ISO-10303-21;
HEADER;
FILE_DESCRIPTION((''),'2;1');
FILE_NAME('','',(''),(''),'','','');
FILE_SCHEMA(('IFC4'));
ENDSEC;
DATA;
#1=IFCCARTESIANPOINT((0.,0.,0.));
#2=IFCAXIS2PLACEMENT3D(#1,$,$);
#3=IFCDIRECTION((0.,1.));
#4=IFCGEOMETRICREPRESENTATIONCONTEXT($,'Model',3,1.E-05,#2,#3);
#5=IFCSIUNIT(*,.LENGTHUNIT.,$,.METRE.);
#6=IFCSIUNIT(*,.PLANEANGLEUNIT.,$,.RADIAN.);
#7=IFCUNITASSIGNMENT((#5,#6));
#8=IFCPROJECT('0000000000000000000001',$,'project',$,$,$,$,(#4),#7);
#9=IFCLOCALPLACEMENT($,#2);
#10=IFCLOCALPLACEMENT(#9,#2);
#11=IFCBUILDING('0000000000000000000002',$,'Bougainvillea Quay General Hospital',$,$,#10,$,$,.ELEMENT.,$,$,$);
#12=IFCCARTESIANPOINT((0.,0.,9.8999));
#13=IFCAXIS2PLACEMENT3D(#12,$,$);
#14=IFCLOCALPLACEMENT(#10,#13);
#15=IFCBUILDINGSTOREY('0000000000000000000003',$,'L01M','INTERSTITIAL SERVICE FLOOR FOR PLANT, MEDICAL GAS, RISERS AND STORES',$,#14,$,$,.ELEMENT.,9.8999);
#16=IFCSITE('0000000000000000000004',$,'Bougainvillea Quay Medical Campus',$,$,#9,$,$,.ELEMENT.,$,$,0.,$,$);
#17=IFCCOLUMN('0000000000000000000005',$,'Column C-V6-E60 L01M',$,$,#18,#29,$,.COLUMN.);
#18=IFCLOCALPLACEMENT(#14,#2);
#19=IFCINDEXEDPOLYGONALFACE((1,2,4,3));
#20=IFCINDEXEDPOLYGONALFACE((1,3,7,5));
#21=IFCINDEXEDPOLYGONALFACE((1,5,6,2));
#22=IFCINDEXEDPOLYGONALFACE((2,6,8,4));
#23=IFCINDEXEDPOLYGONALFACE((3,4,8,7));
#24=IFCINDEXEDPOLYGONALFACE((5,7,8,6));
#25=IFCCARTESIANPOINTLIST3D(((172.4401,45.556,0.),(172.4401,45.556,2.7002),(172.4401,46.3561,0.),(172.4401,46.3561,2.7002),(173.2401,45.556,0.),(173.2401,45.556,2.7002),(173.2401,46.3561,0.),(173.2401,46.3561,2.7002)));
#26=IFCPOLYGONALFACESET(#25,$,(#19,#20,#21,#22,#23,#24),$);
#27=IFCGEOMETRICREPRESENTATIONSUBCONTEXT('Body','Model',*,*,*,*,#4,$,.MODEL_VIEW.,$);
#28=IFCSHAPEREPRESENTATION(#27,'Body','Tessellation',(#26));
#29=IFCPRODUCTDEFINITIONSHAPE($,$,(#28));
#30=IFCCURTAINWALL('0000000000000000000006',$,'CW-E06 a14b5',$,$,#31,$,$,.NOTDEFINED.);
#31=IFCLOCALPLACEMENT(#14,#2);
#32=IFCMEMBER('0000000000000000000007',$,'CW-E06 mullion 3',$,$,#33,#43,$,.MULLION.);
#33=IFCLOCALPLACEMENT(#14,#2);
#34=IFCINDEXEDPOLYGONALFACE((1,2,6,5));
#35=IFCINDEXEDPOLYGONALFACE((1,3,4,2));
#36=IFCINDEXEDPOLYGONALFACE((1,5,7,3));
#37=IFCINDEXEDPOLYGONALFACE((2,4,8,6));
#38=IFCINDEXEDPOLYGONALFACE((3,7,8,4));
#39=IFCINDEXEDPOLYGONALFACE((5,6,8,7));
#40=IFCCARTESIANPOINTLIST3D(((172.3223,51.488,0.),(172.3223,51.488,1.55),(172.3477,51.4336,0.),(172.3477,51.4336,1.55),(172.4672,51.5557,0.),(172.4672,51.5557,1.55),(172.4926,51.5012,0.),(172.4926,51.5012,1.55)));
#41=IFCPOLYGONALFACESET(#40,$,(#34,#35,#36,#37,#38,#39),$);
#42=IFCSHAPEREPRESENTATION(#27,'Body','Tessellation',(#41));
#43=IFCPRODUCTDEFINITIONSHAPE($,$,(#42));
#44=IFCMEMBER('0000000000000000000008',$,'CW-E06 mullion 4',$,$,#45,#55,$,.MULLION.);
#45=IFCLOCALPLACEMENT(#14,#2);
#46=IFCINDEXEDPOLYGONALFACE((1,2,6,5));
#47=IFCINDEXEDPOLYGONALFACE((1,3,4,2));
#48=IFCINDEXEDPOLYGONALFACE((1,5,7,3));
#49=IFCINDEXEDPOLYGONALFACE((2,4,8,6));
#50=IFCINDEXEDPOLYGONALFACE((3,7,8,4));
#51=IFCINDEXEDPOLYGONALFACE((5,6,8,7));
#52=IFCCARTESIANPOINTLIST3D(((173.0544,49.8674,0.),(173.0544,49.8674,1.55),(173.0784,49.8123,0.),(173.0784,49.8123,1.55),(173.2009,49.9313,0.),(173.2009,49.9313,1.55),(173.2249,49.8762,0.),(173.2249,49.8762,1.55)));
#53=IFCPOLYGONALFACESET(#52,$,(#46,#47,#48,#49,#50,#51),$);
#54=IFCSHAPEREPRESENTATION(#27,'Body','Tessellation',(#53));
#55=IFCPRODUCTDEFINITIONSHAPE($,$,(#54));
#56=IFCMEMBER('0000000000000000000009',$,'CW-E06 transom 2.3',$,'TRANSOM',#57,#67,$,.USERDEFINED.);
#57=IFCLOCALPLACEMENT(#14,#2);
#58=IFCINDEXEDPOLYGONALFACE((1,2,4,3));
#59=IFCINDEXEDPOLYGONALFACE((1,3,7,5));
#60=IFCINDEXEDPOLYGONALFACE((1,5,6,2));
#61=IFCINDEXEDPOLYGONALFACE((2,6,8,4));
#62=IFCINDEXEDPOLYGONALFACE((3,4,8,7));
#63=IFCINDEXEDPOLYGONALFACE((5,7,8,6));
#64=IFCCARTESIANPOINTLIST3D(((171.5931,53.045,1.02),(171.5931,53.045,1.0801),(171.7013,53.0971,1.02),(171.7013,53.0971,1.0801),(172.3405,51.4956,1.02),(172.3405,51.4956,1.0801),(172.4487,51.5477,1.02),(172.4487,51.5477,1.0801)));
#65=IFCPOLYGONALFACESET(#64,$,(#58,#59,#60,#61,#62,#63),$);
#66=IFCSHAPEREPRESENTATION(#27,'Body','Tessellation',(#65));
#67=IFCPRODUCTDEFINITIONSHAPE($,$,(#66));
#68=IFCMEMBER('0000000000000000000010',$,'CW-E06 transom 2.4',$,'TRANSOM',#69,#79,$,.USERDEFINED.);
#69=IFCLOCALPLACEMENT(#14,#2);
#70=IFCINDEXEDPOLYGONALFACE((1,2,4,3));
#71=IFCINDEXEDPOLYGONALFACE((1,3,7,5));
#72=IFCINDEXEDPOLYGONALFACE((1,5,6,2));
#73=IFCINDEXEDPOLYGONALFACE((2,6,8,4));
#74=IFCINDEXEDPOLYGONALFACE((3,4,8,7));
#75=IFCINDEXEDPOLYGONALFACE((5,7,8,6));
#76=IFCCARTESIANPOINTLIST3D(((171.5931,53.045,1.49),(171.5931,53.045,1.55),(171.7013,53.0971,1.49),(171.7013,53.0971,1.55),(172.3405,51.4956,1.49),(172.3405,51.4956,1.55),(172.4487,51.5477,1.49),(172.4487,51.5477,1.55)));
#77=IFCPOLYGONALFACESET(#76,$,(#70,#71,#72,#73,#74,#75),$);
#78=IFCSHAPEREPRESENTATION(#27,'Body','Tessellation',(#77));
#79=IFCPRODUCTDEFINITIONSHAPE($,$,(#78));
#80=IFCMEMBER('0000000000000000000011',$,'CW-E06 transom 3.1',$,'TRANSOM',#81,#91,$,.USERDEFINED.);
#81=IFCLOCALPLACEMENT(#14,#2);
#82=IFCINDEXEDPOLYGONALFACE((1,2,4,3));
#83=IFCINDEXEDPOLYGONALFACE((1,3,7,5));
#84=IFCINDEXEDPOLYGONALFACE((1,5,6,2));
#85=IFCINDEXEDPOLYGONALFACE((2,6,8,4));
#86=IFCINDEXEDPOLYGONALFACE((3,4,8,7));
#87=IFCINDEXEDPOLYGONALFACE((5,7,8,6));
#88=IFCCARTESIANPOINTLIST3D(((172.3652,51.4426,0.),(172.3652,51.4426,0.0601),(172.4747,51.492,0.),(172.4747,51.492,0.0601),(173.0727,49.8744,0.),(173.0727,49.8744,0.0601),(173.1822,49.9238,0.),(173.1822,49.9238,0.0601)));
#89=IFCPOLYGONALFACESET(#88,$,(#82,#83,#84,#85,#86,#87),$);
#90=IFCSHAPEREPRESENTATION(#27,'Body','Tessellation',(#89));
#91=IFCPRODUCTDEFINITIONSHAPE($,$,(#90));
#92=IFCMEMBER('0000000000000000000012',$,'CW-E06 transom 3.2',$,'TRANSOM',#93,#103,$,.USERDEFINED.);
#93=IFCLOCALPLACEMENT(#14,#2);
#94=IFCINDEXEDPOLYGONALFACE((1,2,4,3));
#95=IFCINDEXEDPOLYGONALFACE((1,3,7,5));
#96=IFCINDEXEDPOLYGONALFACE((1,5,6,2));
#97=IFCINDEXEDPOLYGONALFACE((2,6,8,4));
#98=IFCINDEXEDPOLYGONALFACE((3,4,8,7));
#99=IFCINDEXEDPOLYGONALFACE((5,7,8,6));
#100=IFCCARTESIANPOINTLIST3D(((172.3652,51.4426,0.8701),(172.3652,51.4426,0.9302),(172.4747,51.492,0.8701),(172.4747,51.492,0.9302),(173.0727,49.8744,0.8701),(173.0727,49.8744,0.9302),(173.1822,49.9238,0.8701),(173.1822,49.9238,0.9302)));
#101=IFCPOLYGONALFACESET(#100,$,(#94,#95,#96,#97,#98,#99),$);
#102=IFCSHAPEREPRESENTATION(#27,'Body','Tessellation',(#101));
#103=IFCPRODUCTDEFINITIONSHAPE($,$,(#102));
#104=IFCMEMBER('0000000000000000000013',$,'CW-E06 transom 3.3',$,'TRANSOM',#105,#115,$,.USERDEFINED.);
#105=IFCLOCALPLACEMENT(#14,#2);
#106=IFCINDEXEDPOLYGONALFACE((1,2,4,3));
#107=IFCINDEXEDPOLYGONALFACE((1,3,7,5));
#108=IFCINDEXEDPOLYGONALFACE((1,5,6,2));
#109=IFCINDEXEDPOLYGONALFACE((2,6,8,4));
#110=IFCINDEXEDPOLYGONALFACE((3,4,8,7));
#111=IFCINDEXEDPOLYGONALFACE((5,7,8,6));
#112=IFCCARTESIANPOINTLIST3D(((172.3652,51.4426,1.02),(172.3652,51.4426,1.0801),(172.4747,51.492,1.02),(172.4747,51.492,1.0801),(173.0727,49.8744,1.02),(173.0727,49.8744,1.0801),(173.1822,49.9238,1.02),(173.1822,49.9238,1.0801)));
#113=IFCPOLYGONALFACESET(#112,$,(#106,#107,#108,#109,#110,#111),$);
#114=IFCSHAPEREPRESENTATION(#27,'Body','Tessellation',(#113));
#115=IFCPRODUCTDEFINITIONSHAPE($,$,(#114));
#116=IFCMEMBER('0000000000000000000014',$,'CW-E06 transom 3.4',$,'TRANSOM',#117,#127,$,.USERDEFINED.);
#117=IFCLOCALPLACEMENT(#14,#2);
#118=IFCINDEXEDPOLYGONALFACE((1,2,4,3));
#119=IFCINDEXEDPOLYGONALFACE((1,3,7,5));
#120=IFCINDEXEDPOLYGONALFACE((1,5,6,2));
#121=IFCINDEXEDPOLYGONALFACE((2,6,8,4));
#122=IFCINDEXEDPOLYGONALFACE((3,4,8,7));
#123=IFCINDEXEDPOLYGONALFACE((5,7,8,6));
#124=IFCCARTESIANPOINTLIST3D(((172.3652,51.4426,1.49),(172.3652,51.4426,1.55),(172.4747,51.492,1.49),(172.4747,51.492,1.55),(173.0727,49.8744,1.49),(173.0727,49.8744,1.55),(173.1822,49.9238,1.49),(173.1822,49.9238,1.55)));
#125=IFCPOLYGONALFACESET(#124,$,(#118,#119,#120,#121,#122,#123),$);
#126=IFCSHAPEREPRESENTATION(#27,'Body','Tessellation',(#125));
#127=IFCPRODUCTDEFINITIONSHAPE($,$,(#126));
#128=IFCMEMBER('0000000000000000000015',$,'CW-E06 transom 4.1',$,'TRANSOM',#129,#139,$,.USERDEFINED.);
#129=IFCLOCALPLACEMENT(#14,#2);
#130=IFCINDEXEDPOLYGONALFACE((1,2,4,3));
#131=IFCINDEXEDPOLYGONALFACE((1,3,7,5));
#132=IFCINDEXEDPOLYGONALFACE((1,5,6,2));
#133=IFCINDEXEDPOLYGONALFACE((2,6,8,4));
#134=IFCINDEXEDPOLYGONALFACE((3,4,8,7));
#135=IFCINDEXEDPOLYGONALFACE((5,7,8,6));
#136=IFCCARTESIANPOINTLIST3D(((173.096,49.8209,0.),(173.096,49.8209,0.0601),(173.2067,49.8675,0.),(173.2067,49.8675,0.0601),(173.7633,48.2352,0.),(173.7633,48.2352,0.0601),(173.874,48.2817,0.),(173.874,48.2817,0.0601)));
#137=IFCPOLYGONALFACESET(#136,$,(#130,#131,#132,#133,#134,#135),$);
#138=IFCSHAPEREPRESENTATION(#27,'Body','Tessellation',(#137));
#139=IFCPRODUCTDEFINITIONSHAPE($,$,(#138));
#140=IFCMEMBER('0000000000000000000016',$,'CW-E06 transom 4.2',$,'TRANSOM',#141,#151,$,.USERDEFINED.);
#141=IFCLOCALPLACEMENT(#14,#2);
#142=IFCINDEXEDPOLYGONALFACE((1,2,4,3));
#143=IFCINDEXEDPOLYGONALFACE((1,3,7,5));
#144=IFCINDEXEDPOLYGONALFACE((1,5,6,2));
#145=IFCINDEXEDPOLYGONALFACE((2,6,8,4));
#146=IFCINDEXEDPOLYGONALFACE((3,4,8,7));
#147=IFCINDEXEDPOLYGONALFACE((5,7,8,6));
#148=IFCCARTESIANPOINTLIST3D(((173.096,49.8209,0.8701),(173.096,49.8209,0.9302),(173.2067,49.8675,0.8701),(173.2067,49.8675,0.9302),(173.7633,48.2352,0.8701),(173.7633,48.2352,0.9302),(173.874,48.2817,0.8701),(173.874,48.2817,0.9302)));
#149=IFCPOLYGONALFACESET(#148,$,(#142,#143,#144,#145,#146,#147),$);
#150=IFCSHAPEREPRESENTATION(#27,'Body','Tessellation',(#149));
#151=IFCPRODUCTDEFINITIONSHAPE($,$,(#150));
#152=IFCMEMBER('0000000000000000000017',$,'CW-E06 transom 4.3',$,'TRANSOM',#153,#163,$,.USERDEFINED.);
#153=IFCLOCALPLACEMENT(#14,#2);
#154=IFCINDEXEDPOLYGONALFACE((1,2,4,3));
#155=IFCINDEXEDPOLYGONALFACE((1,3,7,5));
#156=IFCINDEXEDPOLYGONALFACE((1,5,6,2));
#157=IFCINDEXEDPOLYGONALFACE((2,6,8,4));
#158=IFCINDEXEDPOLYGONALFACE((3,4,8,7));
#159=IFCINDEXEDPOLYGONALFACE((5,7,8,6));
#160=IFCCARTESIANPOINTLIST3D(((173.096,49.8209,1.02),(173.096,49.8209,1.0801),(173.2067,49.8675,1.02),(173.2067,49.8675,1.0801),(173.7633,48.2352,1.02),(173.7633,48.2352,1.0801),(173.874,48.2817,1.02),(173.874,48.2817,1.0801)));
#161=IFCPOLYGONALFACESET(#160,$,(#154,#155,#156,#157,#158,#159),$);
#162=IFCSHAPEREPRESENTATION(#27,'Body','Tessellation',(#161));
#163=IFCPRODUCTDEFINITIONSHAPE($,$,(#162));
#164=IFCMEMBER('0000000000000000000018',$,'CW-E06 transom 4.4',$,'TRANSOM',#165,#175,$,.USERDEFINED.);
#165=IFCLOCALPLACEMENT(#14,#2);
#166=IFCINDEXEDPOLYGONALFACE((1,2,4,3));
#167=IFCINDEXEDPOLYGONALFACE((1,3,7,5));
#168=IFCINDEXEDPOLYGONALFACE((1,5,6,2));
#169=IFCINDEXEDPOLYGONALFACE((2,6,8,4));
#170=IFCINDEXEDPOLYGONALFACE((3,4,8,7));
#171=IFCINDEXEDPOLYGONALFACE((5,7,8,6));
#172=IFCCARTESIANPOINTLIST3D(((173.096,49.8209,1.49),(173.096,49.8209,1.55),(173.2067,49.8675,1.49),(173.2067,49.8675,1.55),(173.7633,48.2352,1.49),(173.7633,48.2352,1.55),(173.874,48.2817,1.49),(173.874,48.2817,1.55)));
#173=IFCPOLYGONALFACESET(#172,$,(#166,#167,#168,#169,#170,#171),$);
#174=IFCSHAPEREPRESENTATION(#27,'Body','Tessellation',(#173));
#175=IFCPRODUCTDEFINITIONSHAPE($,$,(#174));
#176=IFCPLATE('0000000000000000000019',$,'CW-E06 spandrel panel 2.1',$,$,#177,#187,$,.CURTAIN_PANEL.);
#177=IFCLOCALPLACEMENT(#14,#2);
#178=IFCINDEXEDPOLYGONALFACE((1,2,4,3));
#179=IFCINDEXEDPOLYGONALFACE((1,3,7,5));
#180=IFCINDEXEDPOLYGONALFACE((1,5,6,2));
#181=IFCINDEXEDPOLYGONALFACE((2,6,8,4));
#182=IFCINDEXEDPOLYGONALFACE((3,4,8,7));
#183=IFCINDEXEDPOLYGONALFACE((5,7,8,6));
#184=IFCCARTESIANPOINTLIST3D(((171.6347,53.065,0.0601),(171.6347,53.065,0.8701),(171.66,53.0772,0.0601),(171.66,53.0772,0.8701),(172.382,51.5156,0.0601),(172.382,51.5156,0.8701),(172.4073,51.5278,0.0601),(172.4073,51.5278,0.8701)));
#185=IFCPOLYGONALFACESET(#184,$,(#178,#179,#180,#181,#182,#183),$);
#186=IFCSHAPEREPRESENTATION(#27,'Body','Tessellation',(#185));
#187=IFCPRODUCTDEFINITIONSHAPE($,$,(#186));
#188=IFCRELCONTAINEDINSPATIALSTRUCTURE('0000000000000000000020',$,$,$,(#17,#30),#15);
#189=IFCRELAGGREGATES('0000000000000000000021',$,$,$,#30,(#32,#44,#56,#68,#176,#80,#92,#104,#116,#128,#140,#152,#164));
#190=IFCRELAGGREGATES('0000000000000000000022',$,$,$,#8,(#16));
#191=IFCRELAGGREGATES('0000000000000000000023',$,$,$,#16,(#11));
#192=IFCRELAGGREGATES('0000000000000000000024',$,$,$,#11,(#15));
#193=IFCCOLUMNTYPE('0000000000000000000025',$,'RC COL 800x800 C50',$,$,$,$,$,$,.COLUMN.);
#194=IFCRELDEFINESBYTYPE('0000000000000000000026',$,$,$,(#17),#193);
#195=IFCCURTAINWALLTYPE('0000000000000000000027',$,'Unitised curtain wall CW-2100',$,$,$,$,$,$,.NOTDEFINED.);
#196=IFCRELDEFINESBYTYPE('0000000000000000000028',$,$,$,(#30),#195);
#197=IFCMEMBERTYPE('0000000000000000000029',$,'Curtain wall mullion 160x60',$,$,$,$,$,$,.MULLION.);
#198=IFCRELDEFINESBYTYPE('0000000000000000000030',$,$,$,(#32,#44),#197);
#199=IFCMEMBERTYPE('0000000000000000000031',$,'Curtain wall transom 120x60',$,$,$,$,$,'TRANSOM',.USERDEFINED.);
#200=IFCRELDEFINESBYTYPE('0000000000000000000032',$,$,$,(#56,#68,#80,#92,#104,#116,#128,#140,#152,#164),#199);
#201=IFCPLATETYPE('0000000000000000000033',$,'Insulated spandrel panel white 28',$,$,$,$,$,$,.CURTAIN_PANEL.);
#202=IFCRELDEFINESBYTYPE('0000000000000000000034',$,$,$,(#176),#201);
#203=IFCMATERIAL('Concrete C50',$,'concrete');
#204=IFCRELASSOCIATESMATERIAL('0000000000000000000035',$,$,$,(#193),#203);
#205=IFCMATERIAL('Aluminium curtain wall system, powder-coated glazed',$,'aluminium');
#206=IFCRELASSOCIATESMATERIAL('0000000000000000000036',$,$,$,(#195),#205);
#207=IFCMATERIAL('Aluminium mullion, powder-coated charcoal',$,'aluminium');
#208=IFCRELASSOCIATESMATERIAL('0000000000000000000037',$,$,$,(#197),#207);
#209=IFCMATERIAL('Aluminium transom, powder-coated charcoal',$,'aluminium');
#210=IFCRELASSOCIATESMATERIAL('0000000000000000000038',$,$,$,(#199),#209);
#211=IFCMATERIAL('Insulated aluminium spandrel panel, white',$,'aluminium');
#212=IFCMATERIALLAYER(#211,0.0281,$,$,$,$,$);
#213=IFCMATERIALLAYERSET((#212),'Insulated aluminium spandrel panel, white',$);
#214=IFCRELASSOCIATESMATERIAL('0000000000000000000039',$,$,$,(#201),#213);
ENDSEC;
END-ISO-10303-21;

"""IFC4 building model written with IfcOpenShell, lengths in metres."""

from ifc_helpers import new_model, si_unit, direction, frame, origin, origin_2d, place, context, subcontext, project, spatial, rectangle, extrude, material, layer, layer_set, material_profile, profile_set, type_object, element, aggregate, save


model = new_model("IFC4")

# Units and contexts
model_context = context("Model", 3, precision=1e-05, world=origin(), true_north=direction((0.0, 1.0)))
body_context = subcontext(model_context, "Body", "Model", "MODEL_VIEW")
ifc_project = project(units=[si_unit("LENGTHUNIT", "METRE"), si_unit("PLANEANGLEUNIT", "RADIAN")], contexts=[model_context])

# Site, building, storey
site_placement = place(None, origin())
site = spatial("IfcSite", under=ifc_project, at=site_placement, Name="Bougainvillea Quay Medical Campus", CompositionType="ELEMENT", RefElevation=0.0)
building_placement = place(site_placement, origin())
building = spatial("IfcBuilding", under=site, at=building_placement, Name="Bougainvillea Quay General Hospital", CompositionType="ELEMENT")
storey_placement = place(building_placement, frame((0.0, 0.0, 9.8999)))
storey = spatial("IfcBuildingStorey", under=building, at=storey_placement, Name="L01M", Description="INTERSTITIAL SERVICE FLOOR FOR PLANT, MEDICAL GAS, RISERS AND STORES", CompositionType="ELEMENT", Elevation=9.8999)

# Column
ifc_material_1 = material(Name="Concrete C50", Category="concrete")
ifc_material_profile_1 = material_profile(ifc_material_1, rectangle(XDim=0.8, YDim=0.8, at=origin_2d()))
ifc_profile_set_1 = profile_set([ifc_material_profile_1], Name="Concrete C50")
column_type = type_object("IfcColumnType", Name="RC COL 800x800 C50", PredefinedType="COLUMN", material=ifc_profile_set_1)
column_placement = place(storey_placement, frame((172.8401, 45.9561, 0.0), z_axis=(0.0, 0.0, 1.0), x_axis=(1.0, 0.0, 0.0)))
element("IfcColumn", 1, at=column_placement, inside=storey, type_object=column_type, Name="Column C-V6-E60 L01M", PredefinedType="COLUMN", context=body_context, shape_type="SweptSolid", body=[
    extrude(rectangle(XDim=0.8, YDim=0.8, at=origin_2d()), origin(), (0.0, 0.0, 1.0), 2.7002),
])

# Curtain wall, members, plate
ifc_material_2 = material(Name="Aluminium curtain wall system, powder-coated glazed", Category="aluminium")
curtain_wall_type = type_object("IfcCurtainWallType", Name="Unitised curtain wall CW-2100", PredefinedType="NOTDEFINED", material=ifc_material_2)
curtain_wall_placement = place(storey_placement, origin())
curtain_wall = element("IfcCurtainWall", 2, at=curtain_wall_placement, inside=storey, type_object=curtain_wall_type, Name="CW-E06 a14b5", PredefinedType="NOTDEFINED")
ifc_material_3 = material(Name="Aluminium mullion, powder-coated charcoal", Category="aluminium")
ifc_material_profile_2 = material_profile(ifc_material_3, rectangle(XDim=0.1599, YDim=0.0601, at=origin_2d()))
ifc_profile_set_2 = profile_set([ifc_material_profile_2], Name="Aluminium mullion, powder-coated charcoal")
member_type_1 = type_object("IfcMemberType", Name="Curtain wall mullion 160x60", PredefinedType="MULLION", material=ifc_profile_set_2)
member_1_placement = place(storey_placement, frame((172.4075, 51.4946, 0.0), z_axis=(0.0, 0.0, 1.0), x_axis=(0.906196, 0.422859, 0.0)))
member_1 = element("IfcMember", 3, at=member_1_placement, type_object=member_type_1, Name="CW-E06 mullion 3", PredefinedType="MULLION", context=body_context, shape_type="SweptSolid", body=[
    extrude(rectangle(XDim=0.1599, YDim=0.0601, at=origin_2d()), origin(), (0.0, 0.0, 1.0), 1.55),
])
member_2_placement = place(storey_placement, frame((173.1396, 49.8718, 0.0), z_axis=(0.0, 0.0, 1.0), x_axis=(0.916692, 0.399594, 0.0)))
member_2 = element("IfcMember", 4, at=member_2_placement, type_object=member_type_1, Name="CW-E06 mullion 4", PredefinedType="MULLION", context=body_context, shape_type="SweptSolid", body=[
    extrude(rectangle(XDim=0.1599, YDim=0.0601, at=origin_2d()), origin(), (0.0, 0.0, 1.0), 1.55),
])
ifc_material_4 = material(Name="Aluminium transom, powder-coated charcoal", Category="aluminium")
ifc_material_profile_3 = material_profile(ifc_material_4, rectangle(XDim=0.1201, YDim=0.0601, at=origin_2d()))
ifc_profile_set_3 = profile_set([ifc_material_profile_3], Name="Aluminium transom, powder-coated charcoal")
member_type_2 = type_object("IfcMemberType", Name="Curtain wall transom 120x60", ElementType="TRANSOM", PredefinedType="USERDEFINED", material=ifc_profile_set_3)
member_3_placement = place(storey_placement, frame((171.6472, 53.071, 1.05), z_axis=(0.434451, -0.900695, 0.0), x_axis=(0.900695, 0.434451, 0.0)))
member_3 = element("IfcMember", 5, at=member_3_placement, type_object=member_type_2, Name="CW-E06 transom 2.3", ObjectType="TRANSOM", PredefinedType="USERDEFINED", context=body_context, shape_type="SweptSolid", body=[
    extrude(rectangle(XDim=0.1201, YDim=0.0601, at=origin_2d()), origin(), (0.0, 0.0, 1.0), 1.7202),
])
member_4_placement = place(storey_placement, frame((171.6472, 53.071, 1.52), z_axis=(0.434451, -0.900695, 0.0), x_axis=(0.900695, 0.434451, 0.0)))
member_4 = element("IfcMember", 6, at=member_4_placement, type_object=member_type_2, Name="CW-E06 transom 2.4", ObjectType="TRANSOM", PredefinedType="USERDEFINED", context=body_context, shape_type="SweptSolid", body=[
    extrude(rectangle(XDim=0.1201, YDim=0.0601, at=origin_2d()), origin(), (0.0, 0.0, 1.0), 1.7202),
])
member_5_placement = place(storey_placement, frame((172.4199, 51.4673, 0.03), z_axis=(0.411267, -0.911515, 0.0), x_axis=(0.911515, 0.411267, 0.0)))
member_5 = element("IfcMember", 7, at=member_5_placement, type_object=member_type_2, Name="CW-E06 transom 3.1", ObjectType="TRANSOM", PredefinedType="USERDEFINED", context=body_context, shape_type="SweptSolid", body=[
    extrude(rectangle(XDim=0.1201, YDim=0.0601, at=origin_2d()), origin(), (0.0, 0.0, 1.0), 1.7205),
])
member_6_placement = place(storey_placement, frame((172.4199, 51.4673, 0.9001), z_axis=(0.411267, -0.911515, 0.0), x_axis=(0.911515, 0.411267, 0.0)))
member_6 = element("IfcMember", 8, at=member_6_placement, type_object=member_type_2, Name="CW-E06 transom 3.2", ObjectType="TRANSOM", PredefinedType="USERDEFINED", context=body_context, shape_type="SweptSolid", body=[
    extrude(rectangle(XDim=0.1201, YDim=0.0601, at=origin_2d()), origin(), (0.0, 0.0, 1.0), 1.7205),
])
member_7_placement = place(storey_placement, frame((172.4199, 51.4673, 1.05), z_axis=(0.411267, -0.911515, 0.0), x_axis=(0.911515, 0.411267, 0.0)))
member_7 = element("IfcMember", 9, at=member_7_placement, type_object=member_type_2, Name="CW-E06 transom 3.3", ObjectType="TRANSOM", PredefinedType="USERDEFINED", context=body_context, shape_type="SweptSolid", body=[
    extrude(rectangle(XDim=0.1201, YDim=0.0601, at=origin_2d()), origin(), (0.0, 0.0, 1.0), 1.7205),
])
member_8_placement = place(storey_placement, frame((172.4199, 51.4673, 1.52), z_axis=(0.411267, -0.911515, 0.0), x_axis=(0.911515, 0.411267, 0.0)))
member_8 = element("IfcMember", 10, at=member_8_placement, type_object=member_type_2, Name="CW-E06 transom 3.4", ObjectType="TRANSOM", PredefinedType="USERDEFINED", context=body_context, shape_type="SweptSolid", body=[
    extrude(rectangle(XDim=0.1201, YDim=0.0601, at=origin_2d()), origin(), (0.0, 0.0, 1.0), 1.7205),
])
member_9_placement = place(storey_placement, frame((173.1514, 49.8442, 0.03), z_axis=(0.387848, -0.921724, 0.0), x_axis=(0.921724, 0.387848, 0.0)))
member_9 = element("IfcMember", 11, at=member_9_placement, type_object=member_type_2, Name="CW-E06 transom 4.1", ObjectType="TRANSOM", PredefinedType="USERDEFINED", context=body_context, shape_type="SweptSolid", body=[
    extrude(rectangle(XDim=0.1201, YDim=0.0601, at=origin_2d()), origin(), (0.0, 0.0, 1.0), 1.7205),
])
member_10_placement = place(storey_placement, frame((173.1514, 49.8442, 0.9001), z_axis=(0.387848, -0.921724, 0.0), x_axis=(0.921724, 0.387848, 0.0)))
member_10 = element("IfcMember", 12, at=member_10_placement, type_object=member_type_2, Name="CW-E06 transom 4.2", ObjectType="TRANSOM", PredefinedType="USERDEFINED", context=body_context, shape_type="SweptSolid", body=[
    extrude(rectangle(XDim=0.1201, YDim=0.0601, at=origin_2d()), origin(), (0.0, 0.0, 1.0), 1.7205),
])
member_11_placement = place(storey_placement, frame((173.1514, 49.8442, 1.05), z_axis=(0.387848, -0.921724, 0.0), x_axis=(0.921724, 0.387848, 0.0)))
member_11 = element("IfcMember", 13, at=member_11_placement, type_object=member_type_2, Name="CW-E06 transom 4.3", ObjectType="TRANSOM", PredefinedType="USERDEFINED", context=body_context, shape_type="SweptSolid", body=[
    extrude(rectangle(XDim=0.1201, YDim=0.0601, at=origin_2d()), origin(), (0.0, 0.0, 1.0), 1.7205),
])
member_12_placement = place(storey_placement, frame((173.1514, 49.8442, 1.52), z_axis=(0.387848, -0.921724, 0.0), x_axis=(0.921724, 0.387848, 0.0)))
member_12 = element("IfcMember", 14, at=member_12_placement, type_object=member_type_2, Name="CW-E06 transom 4.4", ObjectType="TRANSOM", PredefinedType="USERDEFINED", context=body_context, shape_type="SweptSolid", body=[
    extrude(rectangle(XDim=0.1201, YDim=0.0601, at=origin_2d()), origin(), (0.0, 0.0, 1.0), 1.7205),
])
ifc_material_5 = material(Name="Insulated aluminium spandrel panel, white", Category="aluminium")
ifc_layer_1 = layer(ifc_material_5, 0.0281)
ifc_layer_set_1 = layer_set([ifc_layer_1], Name="Insulated aluminium spandrel panel, white")
plate_type_1 = type_object("IfcPlateType", Name="Insulated spandrel panel white 28", PredefinedType="CURTAIN_PANEL", material=ifc_layer_set_1)
plate_1_placement = place(storey_placement, frame((172.021, 52.2964, 0.0601), z_axis=(0.0, 0.0, 1.0), x_axis=(0.434389, -0.900726, 0.0)))
plate_1 = element("IfcPlate", 15, at=plate_1_placement, type_object=plate_type_1, Name="CW-E06 spandrel panel 2.1", PredefinedType="CURTAIN_PANEL", context=body_context, shape_type="SweptSolid", body=[
    extrude(rectangle(XDim=1.7202, YDim=0.0281, at=origin_2d()), origin(), (0.0, 0.0, 1.0), 0.8101),
])
aggregate(curtain_wall, [member_1, member_2, member_3, member_4, plate_1, member_5, member_6, member_7, member_8, member_9, member_10, member_11, member_12])

save(model, "model.ifc")
